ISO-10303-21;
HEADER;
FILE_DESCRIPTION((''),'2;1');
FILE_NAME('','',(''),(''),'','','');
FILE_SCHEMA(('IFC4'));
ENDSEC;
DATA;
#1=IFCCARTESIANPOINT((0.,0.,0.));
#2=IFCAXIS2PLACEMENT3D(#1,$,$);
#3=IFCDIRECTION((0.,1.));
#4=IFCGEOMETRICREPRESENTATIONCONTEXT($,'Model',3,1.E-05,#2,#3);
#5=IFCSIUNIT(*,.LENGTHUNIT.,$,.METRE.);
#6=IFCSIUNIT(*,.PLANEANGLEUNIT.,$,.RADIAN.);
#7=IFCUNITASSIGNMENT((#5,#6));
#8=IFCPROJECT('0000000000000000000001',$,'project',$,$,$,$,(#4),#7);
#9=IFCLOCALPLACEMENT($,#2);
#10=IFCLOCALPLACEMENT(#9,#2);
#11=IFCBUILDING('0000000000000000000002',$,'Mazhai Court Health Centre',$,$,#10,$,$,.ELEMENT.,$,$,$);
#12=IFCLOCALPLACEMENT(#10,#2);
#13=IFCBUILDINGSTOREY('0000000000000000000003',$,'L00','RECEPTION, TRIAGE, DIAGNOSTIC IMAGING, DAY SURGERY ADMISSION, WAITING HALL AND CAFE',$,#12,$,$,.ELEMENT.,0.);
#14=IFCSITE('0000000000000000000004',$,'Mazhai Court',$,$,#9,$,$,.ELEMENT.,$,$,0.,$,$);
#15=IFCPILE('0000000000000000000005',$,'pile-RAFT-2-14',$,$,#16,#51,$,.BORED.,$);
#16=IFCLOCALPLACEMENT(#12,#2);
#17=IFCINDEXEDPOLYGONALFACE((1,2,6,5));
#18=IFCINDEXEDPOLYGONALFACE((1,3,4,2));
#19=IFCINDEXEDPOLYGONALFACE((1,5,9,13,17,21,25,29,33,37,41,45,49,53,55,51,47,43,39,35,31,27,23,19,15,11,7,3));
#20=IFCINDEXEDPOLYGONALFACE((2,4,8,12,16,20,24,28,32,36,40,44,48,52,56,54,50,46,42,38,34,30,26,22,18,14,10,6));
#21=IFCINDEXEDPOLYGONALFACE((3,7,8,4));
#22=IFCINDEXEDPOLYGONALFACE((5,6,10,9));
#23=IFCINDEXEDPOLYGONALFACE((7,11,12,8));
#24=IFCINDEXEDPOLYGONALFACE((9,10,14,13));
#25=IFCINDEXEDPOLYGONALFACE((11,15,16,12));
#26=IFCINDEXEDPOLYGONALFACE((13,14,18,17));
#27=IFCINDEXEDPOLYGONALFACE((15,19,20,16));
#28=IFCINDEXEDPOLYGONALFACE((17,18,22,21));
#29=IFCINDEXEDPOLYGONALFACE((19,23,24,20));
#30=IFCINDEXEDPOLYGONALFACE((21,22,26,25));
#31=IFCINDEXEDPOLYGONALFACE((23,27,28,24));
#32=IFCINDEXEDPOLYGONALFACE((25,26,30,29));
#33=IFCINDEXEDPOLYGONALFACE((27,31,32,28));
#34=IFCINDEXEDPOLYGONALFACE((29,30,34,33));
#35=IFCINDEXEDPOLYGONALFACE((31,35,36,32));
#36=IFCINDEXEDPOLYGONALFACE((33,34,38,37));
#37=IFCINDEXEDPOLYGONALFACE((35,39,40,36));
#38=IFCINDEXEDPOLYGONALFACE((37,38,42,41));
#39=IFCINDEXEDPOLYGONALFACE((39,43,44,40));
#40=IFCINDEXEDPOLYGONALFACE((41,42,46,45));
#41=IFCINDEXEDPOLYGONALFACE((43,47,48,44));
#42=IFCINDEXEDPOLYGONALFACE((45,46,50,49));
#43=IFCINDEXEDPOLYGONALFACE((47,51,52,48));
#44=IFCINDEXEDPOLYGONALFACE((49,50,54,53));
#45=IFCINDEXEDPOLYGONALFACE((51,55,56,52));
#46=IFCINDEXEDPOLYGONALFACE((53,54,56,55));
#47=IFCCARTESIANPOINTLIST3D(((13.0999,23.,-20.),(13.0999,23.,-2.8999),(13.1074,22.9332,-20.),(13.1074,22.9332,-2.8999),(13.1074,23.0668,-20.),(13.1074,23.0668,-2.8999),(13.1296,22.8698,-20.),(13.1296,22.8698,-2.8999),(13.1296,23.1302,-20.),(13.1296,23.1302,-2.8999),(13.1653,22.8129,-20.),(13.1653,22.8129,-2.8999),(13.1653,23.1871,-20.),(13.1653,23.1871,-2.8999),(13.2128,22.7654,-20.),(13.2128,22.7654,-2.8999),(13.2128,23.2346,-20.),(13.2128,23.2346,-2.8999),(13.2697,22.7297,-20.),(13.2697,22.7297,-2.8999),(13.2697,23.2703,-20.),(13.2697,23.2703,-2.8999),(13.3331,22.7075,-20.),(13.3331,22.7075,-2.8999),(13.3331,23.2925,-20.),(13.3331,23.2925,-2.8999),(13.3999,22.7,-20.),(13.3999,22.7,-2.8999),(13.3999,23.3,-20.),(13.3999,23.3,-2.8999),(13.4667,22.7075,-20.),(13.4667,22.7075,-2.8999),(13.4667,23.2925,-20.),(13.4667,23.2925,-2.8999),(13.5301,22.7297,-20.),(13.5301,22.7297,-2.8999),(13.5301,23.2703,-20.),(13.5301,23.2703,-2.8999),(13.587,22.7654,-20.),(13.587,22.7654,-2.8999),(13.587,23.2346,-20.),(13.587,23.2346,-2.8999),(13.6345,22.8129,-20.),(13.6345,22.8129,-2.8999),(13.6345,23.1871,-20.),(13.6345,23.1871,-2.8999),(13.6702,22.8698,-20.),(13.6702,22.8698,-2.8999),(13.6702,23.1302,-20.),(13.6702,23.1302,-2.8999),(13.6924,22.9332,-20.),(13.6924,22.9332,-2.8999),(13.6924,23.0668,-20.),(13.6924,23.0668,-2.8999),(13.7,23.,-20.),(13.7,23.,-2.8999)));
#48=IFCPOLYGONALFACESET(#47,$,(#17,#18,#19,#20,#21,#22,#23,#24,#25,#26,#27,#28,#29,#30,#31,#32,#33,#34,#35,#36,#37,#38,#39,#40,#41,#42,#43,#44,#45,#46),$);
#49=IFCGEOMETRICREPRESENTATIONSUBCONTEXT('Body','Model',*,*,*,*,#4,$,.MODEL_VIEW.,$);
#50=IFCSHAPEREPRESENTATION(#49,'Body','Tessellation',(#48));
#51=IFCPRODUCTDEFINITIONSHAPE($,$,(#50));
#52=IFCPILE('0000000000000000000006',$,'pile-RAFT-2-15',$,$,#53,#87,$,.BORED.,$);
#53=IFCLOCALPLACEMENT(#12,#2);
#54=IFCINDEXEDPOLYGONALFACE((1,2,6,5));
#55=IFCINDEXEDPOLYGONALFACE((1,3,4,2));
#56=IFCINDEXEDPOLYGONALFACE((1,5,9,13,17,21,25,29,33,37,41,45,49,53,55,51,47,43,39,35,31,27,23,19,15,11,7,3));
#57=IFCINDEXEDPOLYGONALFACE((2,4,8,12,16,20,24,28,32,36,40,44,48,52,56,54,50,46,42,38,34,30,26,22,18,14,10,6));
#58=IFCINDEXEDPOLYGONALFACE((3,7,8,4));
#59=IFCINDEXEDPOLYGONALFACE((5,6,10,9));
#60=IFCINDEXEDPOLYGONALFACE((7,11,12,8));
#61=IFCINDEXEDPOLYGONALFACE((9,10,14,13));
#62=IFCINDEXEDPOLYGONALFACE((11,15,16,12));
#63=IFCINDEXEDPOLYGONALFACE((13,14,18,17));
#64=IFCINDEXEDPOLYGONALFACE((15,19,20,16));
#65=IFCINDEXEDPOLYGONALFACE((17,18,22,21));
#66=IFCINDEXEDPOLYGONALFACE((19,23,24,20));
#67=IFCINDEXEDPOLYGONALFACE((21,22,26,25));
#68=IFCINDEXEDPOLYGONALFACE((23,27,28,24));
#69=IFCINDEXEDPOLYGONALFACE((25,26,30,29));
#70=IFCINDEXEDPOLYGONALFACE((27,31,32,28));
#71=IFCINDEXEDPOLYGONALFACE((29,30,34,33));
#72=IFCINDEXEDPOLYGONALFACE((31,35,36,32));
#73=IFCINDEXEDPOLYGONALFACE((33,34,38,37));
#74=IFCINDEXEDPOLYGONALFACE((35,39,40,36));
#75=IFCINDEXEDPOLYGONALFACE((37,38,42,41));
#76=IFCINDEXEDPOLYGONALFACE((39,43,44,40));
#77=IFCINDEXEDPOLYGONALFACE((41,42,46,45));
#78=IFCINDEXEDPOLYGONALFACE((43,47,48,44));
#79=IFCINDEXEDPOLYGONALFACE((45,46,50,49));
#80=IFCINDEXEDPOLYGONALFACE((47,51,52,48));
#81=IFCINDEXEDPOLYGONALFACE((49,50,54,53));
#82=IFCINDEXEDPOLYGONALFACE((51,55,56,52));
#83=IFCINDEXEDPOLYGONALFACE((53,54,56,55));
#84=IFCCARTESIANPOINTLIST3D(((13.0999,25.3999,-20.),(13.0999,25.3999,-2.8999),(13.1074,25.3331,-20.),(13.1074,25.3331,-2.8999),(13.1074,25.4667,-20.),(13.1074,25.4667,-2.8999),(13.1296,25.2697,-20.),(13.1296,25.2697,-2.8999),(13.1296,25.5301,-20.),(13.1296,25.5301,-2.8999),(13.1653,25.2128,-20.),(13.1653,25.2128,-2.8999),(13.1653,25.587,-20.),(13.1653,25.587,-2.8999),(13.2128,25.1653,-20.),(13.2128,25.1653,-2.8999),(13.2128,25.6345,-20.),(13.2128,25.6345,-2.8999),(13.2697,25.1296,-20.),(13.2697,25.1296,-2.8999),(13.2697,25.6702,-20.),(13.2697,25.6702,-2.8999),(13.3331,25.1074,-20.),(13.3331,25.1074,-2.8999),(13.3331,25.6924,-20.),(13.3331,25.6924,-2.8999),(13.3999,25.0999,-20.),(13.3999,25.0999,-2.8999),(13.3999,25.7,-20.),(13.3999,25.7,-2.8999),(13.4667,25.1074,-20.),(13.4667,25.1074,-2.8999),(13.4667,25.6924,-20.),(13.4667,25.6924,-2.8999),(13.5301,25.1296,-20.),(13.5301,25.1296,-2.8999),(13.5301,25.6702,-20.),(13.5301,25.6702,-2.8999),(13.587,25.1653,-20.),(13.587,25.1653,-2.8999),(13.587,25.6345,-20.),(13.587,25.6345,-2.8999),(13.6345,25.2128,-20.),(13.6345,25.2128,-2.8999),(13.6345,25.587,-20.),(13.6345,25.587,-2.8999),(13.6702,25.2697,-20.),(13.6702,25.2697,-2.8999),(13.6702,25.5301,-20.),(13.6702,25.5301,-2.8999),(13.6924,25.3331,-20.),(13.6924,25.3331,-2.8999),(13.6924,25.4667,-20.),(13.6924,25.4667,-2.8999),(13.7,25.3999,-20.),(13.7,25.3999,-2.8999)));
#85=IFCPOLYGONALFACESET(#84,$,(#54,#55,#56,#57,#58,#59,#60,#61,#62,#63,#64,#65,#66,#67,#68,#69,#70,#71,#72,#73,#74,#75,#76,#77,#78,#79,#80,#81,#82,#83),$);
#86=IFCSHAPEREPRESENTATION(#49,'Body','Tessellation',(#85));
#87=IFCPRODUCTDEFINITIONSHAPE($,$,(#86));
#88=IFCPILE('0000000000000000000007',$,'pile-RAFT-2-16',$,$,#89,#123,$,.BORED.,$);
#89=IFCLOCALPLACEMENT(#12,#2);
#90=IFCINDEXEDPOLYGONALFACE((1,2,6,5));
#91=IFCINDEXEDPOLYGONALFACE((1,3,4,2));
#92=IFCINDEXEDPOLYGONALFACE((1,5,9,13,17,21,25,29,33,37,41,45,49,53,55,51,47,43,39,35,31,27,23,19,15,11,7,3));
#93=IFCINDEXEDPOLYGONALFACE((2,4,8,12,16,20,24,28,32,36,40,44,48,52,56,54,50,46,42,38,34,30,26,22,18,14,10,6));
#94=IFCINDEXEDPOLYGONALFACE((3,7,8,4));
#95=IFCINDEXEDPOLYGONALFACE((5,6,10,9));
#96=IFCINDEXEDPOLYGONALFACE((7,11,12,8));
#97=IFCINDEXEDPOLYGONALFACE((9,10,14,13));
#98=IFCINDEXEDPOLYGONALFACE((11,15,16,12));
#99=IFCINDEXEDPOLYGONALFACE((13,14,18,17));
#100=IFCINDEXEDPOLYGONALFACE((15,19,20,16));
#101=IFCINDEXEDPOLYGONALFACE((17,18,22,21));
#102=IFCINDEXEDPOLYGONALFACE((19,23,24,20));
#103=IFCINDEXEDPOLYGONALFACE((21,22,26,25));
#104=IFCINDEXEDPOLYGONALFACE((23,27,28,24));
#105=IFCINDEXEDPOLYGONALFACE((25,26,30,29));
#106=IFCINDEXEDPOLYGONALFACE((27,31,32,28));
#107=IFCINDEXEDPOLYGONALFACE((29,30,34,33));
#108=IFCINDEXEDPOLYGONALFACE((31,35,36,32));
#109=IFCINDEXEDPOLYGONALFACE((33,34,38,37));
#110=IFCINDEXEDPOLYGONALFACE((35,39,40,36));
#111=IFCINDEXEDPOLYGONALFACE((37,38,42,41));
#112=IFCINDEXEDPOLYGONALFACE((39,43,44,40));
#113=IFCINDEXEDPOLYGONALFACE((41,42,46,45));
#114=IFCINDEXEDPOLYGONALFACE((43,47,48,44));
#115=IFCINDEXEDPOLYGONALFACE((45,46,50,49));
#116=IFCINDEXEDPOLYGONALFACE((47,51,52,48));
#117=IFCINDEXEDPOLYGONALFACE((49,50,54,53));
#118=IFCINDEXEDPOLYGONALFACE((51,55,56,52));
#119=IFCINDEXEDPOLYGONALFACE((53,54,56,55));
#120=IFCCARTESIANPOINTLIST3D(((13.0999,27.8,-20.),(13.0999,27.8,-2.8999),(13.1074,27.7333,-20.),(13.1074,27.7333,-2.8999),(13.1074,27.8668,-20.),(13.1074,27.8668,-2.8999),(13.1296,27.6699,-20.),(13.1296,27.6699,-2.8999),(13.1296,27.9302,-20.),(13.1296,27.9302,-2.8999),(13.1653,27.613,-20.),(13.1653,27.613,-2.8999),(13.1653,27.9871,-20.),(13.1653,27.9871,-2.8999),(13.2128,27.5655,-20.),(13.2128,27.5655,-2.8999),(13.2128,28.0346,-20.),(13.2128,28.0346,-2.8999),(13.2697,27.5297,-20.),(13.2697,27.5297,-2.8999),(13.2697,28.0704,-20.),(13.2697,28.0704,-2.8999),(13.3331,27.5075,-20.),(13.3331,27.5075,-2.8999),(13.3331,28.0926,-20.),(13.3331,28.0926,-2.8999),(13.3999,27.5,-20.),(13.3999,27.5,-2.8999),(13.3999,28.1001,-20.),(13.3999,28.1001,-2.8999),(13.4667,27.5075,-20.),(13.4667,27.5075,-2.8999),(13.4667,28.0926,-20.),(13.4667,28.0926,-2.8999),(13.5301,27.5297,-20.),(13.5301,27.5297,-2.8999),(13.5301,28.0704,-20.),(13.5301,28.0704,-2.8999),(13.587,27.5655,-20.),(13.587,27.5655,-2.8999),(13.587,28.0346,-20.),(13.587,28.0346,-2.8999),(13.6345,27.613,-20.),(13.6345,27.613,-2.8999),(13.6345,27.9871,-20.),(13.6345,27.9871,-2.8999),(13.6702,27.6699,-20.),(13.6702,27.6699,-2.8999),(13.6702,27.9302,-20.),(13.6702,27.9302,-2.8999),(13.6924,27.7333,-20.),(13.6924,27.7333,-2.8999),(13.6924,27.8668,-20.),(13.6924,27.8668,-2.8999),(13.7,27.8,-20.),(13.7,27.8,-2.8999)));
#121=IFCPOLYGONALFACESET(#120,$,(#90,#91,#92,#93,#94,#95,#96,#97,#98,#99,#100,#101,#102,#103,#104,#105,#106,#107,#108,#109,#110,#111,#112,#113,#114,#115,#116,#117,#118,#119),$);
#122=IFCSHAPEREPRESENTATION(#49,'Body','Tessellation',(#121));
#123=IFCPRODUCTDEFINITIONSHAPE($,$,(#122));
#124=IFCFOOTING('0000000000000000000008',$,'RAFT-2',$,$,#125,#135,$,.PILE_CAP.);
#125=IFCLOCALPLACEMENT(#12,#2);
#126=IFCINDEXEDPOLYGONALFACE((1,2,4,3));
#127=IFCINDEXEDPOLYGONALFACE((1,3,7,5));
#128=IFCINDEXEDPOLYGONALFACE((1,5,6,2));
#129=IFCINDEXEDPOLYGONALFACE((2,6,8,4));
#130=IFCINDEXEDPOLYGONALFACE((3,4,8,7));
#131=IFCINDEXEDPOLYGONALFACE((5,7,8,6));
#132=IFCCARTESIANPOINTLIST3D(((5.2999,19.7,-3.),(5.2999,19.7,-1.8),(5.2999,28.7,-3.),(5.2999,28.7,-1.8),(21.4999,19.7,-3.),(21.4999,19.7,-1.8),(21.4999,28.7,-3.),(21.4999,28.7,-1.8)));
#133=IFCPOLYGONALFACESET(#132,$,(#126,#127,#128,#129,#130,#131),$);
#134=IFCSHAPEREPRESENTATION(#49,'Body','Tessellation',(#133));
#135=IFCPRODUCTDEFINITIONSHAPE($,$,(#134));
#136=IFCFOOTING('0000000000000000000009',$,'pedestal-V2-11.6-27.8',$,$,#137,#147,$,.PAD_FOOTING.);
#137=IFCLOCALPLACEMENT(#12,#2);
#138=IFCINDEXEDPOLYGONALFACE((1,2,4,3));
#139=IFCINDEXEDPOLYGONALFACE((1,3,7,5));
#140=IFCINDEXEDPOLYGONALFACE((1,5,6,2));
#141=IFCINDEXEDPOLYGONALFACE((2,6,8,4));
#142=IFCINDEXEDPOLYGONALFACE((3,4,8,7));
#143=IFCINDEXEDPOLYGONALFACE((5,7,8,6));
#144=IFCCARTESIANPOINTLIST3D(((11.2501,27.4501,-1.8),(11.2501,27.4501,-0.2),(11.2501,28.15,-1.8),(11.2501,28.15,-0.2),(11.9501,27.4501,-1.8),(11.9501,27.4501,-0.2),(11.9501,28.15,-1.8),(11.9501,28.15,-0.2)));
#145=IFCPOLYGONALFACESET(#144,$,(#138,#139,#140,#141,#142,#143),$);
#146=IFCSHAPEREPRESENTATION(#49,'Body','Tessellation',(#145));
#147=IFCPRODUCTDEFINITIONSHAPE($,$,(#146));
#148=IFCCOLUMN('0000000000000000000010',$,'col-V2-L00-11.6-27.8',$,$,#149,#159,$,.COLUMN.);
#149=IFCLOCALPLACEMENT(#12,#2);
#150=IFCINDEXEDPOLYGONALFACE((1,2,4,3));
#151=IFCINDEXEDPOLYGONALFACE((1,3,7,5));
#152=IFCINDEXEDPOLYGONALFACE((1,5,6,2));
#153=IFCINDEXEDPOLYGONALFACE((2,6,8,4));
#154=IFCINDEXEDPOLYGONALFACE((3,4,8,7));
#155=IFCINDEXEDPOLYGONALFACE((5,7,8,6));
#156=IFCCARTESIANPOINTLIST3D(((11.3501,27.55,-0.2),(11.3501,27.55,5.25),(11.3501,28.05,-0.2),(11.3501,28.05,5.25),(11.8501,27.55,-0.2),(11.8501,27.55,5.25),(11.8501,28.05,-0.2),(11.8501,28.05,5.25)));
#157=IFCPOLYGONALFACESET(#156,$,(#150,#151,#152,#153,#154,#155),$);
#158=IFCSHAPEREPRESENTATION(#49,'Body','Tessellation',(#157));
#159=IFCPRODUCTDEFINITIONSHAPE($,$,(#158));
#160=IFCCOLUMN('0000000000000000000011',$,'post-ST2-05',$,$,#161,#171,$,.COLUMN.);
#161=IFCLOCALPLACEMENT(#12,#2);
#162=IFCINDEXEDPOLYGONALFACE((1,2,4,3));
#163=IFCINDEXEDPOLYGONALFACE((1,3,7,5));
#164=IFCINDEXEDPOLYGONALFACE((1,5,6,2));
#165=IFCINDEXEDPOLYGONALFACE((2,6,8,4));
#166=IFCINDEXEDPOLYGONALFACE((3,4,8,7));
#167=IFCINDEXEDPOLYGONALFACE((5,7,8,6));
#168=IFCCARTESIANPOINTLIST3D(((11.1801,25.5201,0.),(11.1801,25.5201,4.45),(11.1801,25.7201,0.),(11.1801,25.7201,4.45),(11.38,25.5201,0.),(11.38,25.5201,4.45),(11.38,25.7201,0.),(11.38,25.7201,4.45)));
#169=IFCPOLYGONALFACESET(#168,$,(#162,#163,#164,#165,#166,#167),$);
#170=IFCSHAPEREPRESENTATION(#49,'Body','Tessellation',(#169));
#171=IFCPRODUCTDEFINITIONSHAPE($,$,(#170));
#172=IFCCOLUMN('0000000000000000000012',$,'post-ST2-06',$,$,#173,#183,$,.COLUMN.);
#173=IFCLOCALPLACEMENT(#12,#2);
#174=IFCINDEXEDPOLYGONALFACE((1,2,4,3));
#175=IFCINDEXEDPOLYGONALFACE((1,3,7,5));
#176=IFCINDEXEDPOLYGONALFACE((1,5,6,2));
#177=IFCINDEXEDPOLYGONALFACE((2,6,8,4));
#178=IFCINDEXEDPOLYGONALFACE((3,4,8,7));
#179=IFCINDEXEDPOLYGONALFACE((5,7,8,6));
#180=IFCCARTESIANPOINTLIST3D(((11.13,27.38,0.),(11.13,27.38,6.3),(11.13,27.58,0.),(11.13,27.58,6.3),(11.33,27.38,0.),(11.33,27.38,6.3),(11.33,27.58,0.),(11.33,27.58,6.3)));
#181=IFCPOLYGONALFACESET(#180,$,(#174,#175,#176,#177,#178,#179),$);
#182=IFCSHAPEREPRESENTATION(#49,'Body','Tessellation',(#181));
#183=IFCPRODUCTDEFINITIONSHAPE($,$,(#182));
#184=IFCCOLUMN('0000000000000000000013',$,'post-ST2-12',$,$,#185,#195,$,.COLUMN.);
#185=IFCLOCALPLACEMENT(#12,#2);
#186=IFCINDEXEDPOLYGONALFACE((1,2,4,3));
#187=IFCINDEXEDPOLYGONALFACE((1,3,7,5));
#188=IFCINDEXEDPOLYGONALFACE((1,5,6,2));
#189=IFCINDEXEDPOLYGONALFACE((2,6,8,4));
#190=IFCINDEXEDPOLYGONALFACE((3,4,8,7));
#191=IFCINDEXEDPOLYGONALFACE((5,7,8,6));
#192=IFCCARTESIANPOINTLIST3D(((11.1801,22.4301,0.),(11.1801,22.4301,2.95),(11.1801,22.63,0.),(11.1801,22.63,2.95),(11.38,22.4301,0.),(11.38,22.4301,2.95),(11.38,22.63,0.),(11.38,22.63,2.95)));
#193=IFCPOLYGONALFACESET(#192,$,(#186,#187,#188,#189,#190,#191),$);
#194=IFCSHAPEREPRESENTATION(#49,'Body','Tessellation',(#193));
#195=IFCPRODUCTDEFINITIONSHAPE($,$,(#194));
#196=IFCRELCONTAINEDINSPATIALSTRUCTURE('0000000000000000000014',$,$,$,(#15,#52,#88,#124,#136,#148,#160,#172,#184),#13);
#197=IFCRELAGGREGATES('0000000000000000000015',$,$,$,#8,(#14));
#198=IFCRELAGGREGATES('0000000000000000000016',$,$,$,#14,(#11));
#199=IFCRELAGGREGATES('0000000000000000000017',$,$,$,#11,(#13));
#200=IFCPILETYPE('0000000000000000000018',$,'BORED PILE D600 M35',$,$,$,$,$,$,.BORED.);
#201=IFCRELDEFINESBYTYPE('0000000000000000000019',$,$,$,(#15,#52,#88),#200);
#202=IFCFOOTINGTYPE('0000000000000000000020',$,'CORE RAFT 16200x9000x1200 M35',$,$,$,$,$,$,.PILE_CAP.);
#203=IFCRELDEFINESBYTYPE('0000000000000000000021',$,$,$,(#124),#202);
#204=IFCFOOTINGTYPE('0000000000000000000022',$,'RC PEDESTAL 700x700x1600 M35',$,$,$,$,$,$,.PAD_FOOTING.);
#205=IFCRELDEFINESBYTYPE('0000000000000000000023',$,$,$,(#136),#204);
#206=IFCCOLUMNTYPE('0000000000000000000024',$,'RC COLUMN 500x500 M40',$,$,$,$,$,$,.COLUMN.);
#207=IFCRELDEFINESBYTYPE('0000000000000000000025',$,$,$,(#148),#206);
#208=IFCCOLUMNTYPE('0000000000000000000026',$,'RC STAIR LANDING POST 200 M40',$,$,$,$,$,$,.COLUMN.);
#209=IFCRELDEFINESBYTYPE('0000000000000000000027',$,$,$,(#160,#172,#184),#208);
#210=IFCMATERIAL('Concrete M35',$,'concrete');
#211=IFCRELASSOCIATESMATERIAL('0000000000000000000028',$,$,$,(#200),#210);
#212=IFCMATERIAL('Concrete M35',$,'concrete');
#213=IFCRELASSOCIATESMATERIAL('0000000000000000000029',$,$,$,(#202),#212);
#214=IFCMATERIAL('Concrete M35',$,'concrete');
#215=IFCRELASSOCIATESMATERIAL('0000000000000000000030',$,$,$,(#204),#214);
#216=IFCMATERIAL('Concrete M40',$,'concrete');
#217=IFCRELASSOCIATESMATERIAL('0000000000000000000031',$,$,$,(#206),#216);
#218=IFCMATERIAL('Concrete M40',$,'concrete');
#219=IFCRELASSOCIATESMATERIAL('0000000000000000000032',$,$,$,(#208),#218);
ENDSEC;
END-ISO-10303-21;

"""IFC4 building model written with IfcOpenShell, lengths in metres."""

from ifc_helpers import new_model, si_unit, direction, frame, origin, origin_2d, place, context, subcontext, project, spatial, rectangle, circle, extrude, material, material_profile, profile_set, type_object, element, save


model = new_model("IFC4")

# Units and contexts
model_context = context("Model", 3, precision=1e-05, world=origin(), true_north=direction((0.0, 1.0)))
body_context = subcontext(model_context, "Body", "Model", "MODEL_VIEW")
ifc_project = project(units=[si_unit("LENGTHUNIT", "METRE"), si_unit("PLANEANGLEUNIT", "RADIAN")], contexts=[model_context])

# Site, building, storey
site_placement = place(None, origin())
site = spatial("IfcSite", under=ifc_project, at=site_placement, Name="Mazhai Court", CompositionType="ELEMENT", RefElevation=0.0)
building_placement = place(site_placement, origin())
building = spatial("IfcBuilding", under=site, at=building_placement, Name="Mazhai Court Health Centre", CompositionType="ELEMENT")
storey_placement = place(building_placement, origin())
storey = spatial("IfcBuildingStorey", under=building, at=storey_placement, Name="L00", Description="RECEPTION, TRIAGE, DIAGNOSTIC IMAGING, DAY SURGERY ADMISSION, WAITING HALL AND CAFE", CompositionType="ELEMENT", Elevation=0.0)

# Piles
ifc_material_1 = material(Name="Concrete M35", Category="concrete")
ifc_material_profile_1 = material_profile(ifc_material_1, circle(Radius=0.3, at=origin_2d()), Name="RC PILE D600")
ifc_profile_set_1 = profile_set([ifc_material_profile_1], Name="Concrete M35")
pile_type = type_object("IfcPileType", Name="BORED PILE D600 M35", PredefinedType="BORED", material=ifc_profile_set_1)
for number, where, z_axis, x_axis, name in (
    (1, (13.3999, 23.0, -2.8999), (0.0, 0.0, -1.0), (1.0, 0.0, 0.0), "pile-RAFT-2-14"),
    (2, (13.3999, 25.3999, -2.8999), (0.0, 0.0, -1.0), (1.0, 0.0, 0.0), "pile-RAFT-2-15"),
    (3, (13.3999, 27.8, -2.8999), (0.0, 0.0, -1.0), (1.0, 0.0, 0.0), "pile-RAFT-2-16"),
):
    element("IfcPile", number, at=place(storey_placement, frame(where, z_axis=z_axis, x_axis=x_axis)), inside=storey, type_object=pile_type, Name=name, PredefinedType="BORED", context=body_context, shape_type="SweptSolid", body=[
        extrude(circle(Radius=0.3, at=origin_2d()), origin(), (0.0, 0.0, 1.0), 17.1001),
    ])

# Footings
ifc_material_2 = material(Name="Concrete M35", Category="concrete")
footing_type_1 = type_object("IfcFootingType", Name="CORE RAFT 16200x9000x1200 M35", PredefinedType="PILE_CAP", material=ifc_material_2)
footing_1_placement = place(storey_placement, frame((13.3999, 24.2, -3.0), z_axis=(0.0, 0.0, 1.0), x_axis=(1.0, 0.0, 0.0)))
element("IfcFooting", 4, at=footing_1_placement, inside=storey, type_object=footing_type_1, Name="RAFT-2", PredefinedType="PILE_CAP", context=body_context, shape_type="SweptSolid", body=[
    extrude(rectangle(XDim=16.2, YDim=9.0, at=origin_2d()), origin(), (0.0, 0.0, 1.0), 1.2),
])
ifc_material_3 = material(Name="Concrete M35", Category="concrete")
footing_type_2 = type_object("IfcFootingType", Name="RC PEDESTAL 700x700x1600 M35", PredefinedType="PAD_FOOTING", material=ifc_material_3)
footing_2_placement = place(storey_placement, frame((11.6001, 27.8, -1.8), z_axis=(0.0, 0.0, 1.0), x_axis=(1.0, 0.0, 0.0)))
element("IfcFooting", 5, at=footing_2_placement, inside=storey, type_object=footing_type_2, Name="pedestal-V2-11.6-27.8", PredefinedType="PAD_FOOTING", context=body_context, shape_type="SweptSolid", body=[
    extrude(rectangle(XDim=0.7, YDim=0.7, at=origin_2d()), origin(), (0.0, 0.0, 1.0), 1.6001),
])

# Columns
ifc_material_4 = material(Name="Concrete M40", Category="concrete")
ifc_material_profile_2 = material_profile(ifc_material_4, rectangle(XDim=0.5, YDim=0.5, at=origin_2d()), Name="RC 500x500")
ifc_profile_set_2 = profile_set([ifc_material_profile_2], Name="Concrete M40")
column_type_1 = type_object("IfcColumnType", Name="RC COLUMN 500x500 M40", PredefinedType="COLUMN", material=ifc_profile_set_2)
column_1_placement = place(storey_placement, frame((11.6001, 27.8, -0.2), z_axis=(0.0, 0.0, 1.0), x_axis=(1.0, 0.0, 0.0)))
element("IfcColumn", 6, at=column_1_placement, inside=storey, type_object=column_type_1, Name="col-V2-L00-11.6-27.8", PredefinedType="COLUMN", context=body_context, shape_type="SweptSolid", body=[
    extrude(rectangle(XDim=0.5, YDim=0.5, at=origin_2d()), origin(), (0.0, 0.0, 1.0), 5.45),
])
ifc_material_5 = material(Name="Concrete M40", Category="concrete")
ifc_material_profile_3 = material_profile(ifc_material_5, rectangle(XDim=0.2, YDim=0.2, at=origin_2d()), Name="RC 200x200")
ifc_profile_set_3 = profile_set([ifc_material_profile_3], Name="Concrete M40")
column_type_2 = type_object("IfcColumnType", Name="RC STAIR LANDING POST 200 M40", PredefinedType="COLUMN", material=ifc_profile_set_3)
column_2_placement = place(storey_placement, frame((11.28, 25.6201, 0.0), z_axis=(0.0, 0.0, 1.0), x_axis=(1.0, 0.0, 0.0)))
element("IfcColumn", 7, at=column_2_placement, inside=storey, type_object=column_type_2, Name="post-ST2-05", PredefinedType="COLUMN", context=body_context, shape_type="SweptSolid", body=[
    extrude(rectangle(XDim=0.2, YDim=0.2, at=origin_2d()), origin(), (0.0, 0.0, 1.0), 4.45),
])
column_3_placement = place(storey_placement, frame((11.23, 27.48, 0.0), z_axis=(0.0, 0.0, 1.0), x_axis=(1.0, 0.0, 0.0)))
element("IfcColumn", 8, at=column_3_placement, inside=storey, type_object=column_type_2, Name="post-ST2-06", PredefinedType="COLUMN", context=body_context, shape_type="SweptSolid", body=[
    extrude(rectangle(XDim=0.2, YDim=0.2, at=origin_2d()), origin(), (0.0, 0.0, 1.0), 6.3),
])
column_4_placement = place(storey_placement, frame((11.28, 22.53, 0.0), z_axis=(0.0, 0.0, 1.0), x_axis=(1.0, 0.0, 0.0)))
element("IfcColumn", 9, at=column_4_placement, inside=storey, type_object=column_type_2, Name="post-ST2-12", PredefinedType="COLUMN", context=body_context, shape_type="SweptSolid", body=[
    extrude(rectangle(XDim=0.2, YDim=0.2, at=origin_2d()), origin(), (0.0, 0.0, 1.0), 2.95),
])

save(model, "model.ifc")
